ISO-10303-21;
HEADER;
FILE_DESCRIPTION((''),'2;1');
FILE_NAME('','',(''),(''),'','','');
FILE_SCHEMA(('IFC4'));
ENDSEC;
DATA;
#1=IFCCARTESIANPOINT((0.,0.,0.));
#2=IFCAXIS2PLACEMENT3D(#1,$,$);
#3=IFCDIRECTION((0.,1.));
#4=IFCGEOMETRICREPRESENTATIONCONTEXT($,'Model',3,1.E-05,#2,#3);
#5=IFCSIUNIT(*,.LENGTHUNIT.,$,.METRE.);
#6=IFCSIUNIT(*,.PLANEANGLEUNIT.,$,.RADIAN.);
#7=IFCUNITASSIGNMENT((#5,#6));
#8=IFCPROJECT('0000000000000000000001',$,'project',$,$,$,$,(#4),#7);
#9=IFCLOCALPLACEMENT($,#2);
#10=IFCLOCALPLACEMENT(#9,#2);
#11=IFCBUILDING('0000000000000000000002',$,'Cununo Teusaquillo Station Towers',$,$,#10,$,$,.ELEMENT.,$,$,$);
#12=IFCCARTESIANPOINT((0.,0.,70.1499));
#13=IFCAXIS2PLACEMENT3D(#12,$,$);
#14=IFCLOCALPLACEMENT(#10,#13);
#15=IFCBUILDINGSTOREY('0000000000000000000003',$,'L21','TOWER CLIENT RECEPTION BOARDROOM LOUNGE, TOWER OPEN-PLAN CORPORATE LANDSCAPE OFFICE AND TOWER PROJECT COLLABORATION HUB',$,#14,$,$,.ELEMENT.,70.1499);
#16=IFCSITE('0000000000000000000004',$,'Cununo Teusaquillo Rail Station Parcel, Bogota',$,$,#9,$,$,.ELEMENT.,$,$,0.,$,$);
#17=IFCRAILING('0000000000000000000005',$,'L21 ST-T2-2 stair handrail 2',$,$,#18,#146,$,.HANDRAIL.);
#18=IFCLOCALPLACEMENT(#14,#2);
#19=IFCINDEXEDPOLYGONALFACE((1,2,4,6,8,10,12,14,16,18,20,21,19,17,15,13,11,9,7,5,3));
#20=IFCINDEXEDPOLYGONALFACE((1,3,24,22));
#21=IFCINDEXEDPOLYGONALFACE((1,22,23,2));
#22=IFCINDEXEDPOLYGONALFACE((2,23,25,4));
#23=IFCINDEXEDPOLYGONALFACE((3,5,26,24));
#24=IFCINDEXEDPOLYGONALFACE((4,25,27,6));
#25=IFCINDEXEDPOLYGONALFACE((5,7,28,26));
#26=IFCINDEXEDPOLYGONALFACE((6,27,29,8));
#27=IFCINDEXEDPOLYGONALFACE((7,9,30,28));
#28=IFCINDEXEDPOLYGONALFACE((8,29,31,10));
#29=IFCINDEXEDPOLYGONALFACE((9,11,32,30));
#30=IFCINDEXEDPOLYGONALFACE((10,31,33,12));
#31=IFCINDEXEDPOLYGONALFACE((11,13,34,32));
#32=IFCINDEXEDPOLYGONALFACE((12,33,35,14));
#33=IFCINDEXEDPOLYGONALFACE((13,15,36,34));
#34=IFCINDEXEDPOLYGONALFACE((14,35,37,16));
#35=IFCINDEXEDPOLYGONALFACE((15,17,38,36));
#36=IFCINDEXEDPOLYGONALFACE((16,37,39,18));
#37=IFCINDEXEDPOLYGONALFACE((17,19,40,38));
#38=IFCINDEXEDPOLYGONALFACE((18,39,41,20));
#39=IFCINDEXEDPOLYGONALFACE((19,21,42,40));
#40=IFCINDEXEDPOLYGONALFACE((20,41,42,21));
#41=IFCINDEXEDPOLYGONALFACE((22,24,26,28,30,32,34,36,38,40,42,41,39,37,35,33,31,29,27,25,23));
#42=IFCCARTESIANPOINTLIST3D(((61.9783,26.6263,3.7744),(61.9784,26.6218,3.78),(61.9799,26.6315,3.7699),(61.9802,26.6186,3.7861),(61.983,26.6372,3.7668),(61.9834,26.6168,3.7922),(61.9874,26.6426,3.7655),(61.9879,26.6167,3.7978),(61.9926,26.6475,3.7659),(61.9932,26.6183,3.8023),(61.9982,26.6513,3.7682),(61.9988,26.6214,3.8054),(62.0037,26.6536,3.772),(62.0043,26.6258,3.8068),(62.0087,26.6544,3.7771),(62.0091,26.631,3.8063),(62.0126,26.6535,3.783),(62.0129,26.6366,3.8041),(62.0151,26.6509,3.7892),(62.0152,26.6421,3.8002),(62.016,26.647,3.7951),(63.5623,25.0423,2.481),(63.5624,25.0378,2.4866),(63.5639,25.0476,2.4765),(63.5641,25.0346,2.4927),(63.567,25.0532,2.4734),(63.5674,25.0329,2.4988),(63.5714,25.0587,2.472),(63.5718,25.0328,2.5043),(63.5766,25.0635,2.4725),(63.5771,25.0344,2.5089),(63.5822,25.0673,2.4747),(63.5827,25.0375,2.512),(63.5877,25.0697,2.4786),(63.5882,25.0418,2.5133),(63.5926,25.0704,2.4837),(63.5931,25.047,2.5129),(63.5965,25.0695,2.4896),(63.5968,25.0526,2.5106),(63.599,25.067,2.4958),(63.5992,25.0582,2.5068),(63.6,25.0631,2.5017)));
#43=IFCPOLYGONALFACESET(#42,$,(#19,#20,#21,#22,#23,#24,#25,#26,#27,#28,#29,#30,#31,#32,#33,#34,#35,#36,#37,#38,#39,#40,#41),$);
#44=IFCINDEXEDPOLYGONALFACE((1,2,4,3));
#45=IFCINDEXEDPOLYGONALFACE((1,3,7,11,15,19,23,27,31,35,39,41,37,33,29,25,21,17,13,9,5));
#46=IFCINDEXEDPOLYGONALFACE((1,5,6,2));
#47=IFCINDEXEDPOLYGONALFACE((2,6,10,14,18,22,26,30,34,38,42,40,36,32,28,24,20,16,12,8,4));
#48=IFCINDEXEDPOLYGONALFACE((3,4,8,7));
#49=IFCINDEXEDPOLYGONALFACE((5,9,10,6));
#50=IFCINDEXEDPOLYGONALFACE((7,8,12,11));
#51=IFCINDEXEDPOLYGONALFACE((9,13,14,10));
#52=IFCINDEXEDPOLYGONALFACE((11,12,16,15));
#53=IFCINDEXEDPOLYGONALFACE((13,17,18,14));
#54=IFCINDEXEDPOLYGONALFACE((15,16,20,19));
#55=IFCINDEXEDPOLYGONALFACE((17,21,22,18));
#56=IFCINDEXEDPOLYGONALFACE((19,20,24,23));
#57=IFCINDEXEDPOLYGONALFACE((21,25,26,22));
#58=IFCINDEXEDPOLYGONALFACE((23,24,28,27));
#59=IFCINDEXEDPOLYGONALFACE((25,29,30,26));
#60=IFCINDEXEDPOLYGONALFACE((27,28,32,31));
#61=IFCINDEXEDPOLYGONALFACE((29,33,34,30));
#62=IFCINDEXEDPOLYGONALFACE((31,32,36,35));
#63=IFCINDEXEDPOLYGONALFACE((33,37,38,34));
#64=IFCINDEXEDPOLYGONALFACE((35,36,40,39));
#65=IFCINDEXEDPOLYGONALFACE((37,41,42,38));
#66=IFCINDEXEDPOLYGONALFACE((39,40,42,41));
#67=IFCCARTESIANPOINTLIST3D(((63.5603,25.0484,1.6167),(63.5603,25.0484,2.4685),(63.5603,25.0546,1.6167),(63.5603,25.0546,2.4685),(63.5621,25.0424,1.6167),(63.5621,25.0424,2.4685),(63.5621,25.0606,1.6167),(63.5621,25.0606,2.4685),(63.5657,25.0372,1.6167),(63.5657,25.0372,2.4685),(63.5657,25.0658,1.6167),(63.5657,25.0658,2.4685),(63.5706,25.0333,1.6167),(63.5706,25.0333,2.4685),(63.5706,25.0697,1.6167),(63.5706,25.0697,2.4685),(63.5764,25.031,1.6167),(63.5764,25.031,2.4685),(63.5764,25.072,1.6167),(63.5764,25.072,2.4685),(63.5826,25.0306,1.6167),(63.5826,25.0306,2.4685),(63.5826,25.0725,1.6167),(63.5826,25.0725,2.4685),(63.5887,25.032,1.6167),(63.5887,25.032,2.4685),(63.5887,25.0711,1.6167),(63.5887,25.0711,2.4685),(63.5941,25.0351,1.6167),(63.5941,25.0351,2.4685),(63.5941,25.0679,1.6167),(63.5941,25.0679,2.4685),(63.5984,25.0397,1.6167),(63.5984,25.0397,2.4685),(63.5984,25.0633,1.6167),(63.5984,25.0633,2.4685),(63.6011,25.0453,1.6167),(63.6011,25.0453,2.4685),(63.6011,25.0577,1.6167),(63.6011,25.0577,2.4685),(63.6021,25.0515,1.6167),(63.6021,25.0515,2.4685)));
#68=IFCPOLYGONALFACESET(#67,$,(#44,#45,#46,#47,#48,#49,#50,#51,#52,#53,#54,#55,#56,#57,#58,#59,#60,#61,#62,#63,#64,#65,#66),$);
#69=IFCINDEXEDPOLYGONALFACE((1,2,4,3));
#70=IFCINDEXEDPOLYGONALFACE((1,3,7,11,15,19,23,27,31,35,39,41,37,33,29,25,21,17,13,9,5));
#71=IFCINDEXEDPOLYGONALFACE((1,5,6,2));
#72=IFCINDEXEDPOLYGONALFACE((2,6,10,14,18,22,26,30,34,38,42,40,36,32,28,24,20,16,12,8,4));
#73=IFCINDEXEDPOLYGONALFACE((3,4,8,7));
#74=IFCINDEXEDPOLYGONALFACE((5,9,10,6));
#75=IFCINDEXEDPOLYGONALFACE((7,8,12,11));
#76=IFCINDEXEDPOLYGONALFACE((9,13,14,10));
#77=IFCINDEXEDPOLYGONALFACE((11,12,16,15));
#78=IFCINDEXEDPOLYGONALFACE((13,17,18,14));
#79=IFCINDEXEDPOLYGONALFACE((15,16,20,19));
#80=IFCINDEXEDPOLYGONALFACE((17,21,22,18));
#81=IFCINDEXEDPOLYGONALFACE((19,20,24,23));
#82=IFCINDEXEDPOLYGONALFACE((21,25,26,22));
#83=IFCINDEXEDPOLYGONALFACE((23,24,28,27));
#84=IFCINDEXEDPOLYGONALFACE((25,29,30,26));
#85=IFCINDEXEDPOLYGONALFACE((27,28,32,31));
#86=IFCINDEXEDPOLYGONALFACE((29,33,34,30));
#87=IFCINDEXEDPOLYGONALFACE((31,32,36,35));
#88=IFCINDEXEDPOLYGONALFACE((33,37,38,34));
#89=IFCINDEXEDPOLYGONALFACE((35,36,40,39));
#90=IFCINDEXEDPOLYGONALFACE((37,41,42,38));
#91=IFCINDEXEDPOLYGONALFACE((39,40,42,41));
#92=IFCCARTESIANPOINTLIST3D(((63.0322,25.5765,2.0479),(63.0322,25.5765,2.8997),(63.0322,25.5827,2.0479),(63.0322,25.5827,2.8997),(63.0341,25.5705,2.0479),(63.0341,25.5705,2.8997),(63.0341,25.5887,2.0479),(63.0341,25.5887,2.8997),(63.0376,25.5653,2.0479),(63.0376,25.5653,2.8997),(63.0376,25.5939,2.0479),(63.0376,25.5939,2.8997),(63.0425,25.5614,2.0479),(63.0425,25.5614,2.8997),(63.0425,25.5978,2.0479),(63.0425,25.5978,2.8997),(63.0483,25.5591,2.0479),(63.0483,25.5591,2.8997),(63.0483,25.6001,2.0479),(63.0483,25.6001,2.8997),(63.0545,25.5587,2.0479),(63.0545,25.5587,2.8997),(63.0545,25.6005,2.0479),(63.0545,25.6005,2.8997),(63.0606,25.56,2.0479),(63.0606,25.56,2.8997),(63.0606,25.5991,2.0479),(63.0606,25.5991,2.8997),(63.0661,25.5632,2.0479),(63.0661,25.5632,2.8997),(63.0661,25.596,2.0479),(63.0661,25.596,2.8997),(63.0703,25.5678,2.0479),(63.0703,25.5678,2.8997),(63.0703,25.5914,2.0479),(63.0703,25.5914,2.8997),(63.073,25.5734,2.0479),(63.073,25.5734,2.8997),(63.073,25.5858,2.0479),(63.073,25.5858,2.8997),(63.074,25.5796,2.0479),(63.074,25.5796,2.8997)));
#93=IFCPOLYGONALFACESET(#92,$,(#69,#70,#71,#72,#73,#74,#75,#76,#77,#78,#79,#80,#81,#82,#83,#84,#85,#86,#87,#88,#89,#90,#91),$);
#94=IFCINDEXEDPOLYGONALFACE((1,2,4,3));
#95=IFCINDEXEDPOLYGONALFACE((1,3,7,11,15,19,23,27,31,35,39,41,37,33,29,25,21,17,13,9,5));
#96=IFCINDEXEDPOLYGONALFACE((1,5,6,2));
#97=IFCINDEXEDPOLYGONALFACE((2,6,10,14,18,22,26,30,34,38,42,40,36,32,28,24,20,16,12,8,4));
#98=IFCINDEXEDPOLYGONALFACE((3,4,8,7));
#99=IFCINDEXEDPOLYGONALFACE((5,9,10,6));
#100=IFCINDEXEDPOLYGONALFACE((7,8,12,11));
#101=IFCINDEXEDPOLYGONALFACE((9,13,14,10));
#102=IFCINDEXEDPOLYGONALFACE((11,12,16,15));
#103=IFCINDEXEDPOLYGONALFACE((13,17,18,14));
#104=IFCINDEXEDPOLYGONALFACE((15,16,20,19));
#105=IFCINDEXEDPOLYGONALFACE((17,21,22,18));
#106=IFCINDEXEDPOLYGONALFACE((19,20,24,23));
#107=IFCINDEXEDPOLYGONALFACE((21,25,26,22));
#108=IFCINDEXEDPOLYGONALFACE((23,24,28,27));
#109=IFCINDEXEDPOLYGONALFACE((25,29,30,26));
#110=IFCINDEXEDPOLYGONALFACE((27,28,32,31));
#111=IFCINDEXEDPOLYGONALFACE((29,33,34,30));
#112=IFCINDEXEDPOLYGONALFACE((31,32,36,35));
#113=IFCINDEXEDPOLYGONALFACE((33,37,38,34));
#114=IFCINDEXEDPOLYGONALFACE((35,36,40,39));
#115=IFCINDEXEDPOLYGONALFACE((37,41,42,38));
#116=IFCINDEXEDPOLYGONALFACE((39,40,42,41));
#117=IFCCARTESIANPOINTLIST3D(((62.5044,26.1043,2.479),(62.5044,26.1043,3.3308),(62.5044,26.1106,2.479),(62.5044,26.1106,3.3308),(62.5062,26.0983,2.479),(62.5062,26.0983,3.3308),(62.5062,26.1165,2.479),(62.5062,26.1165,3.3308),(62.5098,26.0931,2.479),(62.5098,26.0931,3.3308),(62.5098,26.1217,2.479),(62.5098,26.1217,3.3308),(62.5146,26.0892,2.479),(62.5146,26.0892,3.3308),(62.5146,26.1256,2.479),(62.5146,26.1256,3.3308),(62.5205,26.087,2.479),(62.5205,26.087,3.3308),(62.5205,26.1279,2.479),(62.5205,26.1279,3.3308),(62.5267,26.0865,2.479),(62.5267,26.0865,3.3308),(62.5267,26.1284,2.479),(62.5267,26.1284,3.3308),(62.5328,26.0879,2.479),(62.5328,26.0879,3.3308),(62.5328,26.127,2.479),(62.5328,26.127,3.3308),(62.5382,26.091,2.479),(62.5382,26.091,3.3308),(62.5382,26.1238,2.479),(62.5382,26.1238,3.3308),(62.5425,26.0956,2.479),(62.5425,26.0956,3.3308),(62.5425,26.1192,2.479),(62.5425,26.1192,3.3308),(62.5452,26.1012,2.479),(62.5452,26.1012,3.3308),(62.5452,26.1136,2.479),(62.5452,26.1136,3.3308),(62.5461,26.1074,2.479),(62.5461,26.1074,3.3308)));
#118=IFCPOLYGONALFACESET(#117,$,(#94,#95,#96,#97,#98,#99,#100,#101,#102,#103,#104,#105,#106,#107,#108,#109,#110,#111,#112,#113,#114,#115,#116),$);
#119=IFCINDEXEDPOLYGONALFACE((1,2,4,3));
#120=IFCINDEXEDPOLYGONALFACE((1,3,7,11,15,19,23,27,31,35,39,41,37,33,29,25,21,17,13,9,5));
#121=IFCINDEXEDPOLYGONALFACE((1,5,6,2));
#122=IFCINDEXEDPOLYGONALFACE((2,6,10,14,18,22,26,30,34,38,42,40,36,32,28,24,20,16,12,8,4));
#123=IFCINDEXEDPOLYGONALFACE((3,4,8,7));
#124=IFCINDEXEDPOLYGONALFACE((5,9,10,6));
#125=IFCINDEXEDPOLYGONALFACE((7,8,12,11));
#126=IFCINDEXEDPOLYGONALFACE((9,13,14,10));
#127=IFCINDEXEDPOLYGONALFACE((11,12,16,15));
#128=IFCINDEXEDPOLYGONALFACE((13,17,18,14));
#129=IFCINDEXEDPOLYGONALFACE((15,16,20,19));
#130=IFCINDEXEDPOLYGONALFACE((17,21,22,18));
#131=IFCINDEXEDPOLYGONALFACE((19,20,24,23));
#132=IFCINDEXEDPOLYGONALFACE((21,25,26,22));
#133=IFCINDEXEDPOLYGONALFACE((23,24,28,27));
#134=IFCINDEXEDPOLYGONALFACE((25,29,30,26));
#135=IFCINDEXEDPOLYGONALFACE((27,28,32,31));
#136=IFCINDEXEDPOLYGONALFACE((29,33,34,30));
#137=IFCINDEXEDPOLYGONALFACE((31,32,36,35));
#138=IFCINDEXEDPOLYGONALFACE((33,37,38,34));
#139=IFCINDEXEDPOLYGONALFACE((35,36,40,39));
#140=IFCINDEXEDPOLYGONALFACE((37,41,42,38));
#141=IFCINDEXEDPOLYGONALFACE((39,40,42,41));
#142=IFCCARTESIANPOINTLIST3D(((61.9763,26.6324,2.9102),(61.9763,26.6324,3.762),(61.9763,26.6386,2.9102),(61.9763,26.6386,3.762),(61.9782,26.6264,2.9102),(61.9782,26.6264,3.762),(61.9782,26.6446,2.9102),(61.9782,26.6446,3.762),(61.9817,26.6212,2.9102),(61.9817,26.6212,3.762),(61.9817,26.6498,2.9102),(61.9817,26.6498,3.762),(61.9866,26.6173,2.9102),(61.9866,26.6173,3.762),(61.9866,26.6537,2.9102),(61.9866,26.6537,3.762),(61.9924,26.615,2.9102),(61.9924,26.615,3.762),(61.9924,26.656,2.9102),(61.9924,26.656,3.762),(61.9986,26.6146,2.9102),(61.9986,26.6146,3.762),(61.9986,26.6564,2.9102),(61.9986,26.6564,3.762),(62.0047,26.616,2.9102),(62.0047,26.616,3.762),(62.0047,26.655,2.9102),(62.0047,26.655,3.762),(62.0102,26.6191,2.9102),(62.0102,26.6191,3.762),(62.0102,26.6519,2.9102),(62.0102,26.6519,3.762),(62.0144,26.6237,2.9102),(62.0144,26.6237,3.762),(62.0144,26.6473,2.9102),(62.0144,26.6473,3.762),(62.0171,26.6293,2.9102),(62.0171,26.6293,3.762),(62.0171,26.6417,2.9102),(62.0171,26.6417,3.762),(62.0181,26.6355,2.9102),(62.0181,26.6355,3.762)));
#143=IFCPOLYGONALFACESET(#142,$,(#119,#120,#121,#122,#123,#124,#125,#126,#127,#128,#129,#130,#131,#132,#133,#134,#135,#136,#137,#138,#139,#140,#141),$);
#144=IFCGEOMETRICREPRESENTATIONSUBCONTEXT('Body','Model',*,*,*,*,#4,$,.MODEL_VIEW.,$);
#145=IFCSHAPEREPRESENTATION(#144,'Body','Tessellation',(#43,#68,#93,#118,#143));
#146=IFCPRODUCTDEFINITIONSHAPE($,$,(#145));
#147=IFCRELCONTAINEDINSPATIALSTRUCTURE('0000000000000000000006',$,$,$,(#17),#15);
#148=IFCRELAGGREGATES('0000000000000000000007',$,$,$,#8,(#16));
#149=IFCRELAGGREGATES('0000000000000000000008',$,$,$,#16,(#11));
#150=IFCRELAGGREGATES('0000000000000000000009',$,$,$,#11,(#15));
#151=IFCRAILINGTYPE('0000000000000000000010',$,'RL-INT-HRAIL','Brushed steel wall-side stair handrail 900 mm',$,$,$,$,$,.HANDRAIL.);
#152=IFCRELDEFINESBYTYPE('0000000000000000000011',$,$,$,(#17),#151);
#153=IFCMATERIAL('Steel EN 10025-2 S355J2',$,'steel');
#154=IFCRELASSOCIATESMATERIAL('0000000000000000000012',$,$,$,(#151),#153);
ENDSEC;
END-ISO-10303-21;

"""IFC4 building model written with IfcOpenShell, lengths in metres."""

from ifc_helpers import new_model, si_unit, direction, frame, origin, origin_2d, place, context, subcontext, project, spatial, circle, extrude, material, type_object, element, save


model = new_model("IFC4")

# Units and contexts
model_context = context("Model", 3, precision=1e-05, world=origin(), true_north=direction((0.0, 1.0)))
body_context = subcontext(model_context, "Body", "Model", "MODEL_VIEW")
ifc_project = project(units=[si_unit("LENGTHUNIT", "METRE"), si_unit("PLANEANGLEUNIT", "RADIAN")], contexts=[model_context])

# Site, building, storey
site_placement = place(None, origin())
site = spatial("IfcSite", under=ifc_project, at=site_placement, Name="Cununo Teusaquillo Rail Station Parcel, Bogota", CompositionType="ELEMENT", RefElevation=0.0)
building_placement = place(site_placement, origin())
building = spatial("IfcBuilding", under=site, at=building_placement, Name="Cununo Teusaquillo Station Towers", CompositionType="ELEMENT")
storey_placement = place(building_placement, frame((0.0, 0.0, 70.1499)))
storey = spatial("IfcBuildingStorey", under=building, at=storey_placement, Name="L21", Description="TOWER CLIENT RECEPTION BOARDROOM LOUNGE, TOWER OPEN-PLAN CORPORATE LANDSCAPE OFFICE AND TOWER PROJECT COLLABORATION HUB", CompositionType="ELEMENT", Elevation=70.1499)

# Railing
ifc_material_1 = material(Name="Steel EN 10025-2 S355J2", Category="steel")
railing_type_1 = type_object("IfcRailingType", Name="RL-INT-HRAIL", Description="Brushed steel wall-side stair handrail 900 mm", PredefinedType="HANDRAIL", material=ifc_material_1)
railing_1_placement = place(storey_placement, frame((63.5811, 25.0515, 1.6167)))
element("IfcRailing", 1, at=railing_1_placement, inside=storey, type_object=railing_type_1, Name="L21 ST-T2-2 stair handrail 2", PredefinedType="HANDRAIL", context=body_context, shape_type="SweptSolid", body=[
    extrude(circle(Radius=0.0239, at=origin_2d()), frame((0.0, 0.0, 0.876), z_axis=(-0.612356, 0.612356, 0.50004), x_axis=(-0.707107, -0.707107, 0.0)), (0.0, 0.0, 1.0), 2.5867),
    extrude(circle(Radius=0.021, at=origin_2d()), origin(), (0.0, 0.0, 1.0), 0.8518),
    extrude(circle(Radius=0.021, at=origin_2d()), frame((-0.5281, 0.5281, 0.4312)), (0.0, 0.0, 1.0), 0.8518),
    extrude(circle(Radius=0.021, at=origin_2d()), frame((-1.0559, 1.0559, 0.8623)), (0.0, 0.0, 1.0), 0.8518),
    extrude(circle(Radius=0.021, at=origin_2d()), frame((-1.584, 1.584, 1.2935)), (0.0, 0.0, 1.0), 0.8518),
])

save(model, "model.ifc")
